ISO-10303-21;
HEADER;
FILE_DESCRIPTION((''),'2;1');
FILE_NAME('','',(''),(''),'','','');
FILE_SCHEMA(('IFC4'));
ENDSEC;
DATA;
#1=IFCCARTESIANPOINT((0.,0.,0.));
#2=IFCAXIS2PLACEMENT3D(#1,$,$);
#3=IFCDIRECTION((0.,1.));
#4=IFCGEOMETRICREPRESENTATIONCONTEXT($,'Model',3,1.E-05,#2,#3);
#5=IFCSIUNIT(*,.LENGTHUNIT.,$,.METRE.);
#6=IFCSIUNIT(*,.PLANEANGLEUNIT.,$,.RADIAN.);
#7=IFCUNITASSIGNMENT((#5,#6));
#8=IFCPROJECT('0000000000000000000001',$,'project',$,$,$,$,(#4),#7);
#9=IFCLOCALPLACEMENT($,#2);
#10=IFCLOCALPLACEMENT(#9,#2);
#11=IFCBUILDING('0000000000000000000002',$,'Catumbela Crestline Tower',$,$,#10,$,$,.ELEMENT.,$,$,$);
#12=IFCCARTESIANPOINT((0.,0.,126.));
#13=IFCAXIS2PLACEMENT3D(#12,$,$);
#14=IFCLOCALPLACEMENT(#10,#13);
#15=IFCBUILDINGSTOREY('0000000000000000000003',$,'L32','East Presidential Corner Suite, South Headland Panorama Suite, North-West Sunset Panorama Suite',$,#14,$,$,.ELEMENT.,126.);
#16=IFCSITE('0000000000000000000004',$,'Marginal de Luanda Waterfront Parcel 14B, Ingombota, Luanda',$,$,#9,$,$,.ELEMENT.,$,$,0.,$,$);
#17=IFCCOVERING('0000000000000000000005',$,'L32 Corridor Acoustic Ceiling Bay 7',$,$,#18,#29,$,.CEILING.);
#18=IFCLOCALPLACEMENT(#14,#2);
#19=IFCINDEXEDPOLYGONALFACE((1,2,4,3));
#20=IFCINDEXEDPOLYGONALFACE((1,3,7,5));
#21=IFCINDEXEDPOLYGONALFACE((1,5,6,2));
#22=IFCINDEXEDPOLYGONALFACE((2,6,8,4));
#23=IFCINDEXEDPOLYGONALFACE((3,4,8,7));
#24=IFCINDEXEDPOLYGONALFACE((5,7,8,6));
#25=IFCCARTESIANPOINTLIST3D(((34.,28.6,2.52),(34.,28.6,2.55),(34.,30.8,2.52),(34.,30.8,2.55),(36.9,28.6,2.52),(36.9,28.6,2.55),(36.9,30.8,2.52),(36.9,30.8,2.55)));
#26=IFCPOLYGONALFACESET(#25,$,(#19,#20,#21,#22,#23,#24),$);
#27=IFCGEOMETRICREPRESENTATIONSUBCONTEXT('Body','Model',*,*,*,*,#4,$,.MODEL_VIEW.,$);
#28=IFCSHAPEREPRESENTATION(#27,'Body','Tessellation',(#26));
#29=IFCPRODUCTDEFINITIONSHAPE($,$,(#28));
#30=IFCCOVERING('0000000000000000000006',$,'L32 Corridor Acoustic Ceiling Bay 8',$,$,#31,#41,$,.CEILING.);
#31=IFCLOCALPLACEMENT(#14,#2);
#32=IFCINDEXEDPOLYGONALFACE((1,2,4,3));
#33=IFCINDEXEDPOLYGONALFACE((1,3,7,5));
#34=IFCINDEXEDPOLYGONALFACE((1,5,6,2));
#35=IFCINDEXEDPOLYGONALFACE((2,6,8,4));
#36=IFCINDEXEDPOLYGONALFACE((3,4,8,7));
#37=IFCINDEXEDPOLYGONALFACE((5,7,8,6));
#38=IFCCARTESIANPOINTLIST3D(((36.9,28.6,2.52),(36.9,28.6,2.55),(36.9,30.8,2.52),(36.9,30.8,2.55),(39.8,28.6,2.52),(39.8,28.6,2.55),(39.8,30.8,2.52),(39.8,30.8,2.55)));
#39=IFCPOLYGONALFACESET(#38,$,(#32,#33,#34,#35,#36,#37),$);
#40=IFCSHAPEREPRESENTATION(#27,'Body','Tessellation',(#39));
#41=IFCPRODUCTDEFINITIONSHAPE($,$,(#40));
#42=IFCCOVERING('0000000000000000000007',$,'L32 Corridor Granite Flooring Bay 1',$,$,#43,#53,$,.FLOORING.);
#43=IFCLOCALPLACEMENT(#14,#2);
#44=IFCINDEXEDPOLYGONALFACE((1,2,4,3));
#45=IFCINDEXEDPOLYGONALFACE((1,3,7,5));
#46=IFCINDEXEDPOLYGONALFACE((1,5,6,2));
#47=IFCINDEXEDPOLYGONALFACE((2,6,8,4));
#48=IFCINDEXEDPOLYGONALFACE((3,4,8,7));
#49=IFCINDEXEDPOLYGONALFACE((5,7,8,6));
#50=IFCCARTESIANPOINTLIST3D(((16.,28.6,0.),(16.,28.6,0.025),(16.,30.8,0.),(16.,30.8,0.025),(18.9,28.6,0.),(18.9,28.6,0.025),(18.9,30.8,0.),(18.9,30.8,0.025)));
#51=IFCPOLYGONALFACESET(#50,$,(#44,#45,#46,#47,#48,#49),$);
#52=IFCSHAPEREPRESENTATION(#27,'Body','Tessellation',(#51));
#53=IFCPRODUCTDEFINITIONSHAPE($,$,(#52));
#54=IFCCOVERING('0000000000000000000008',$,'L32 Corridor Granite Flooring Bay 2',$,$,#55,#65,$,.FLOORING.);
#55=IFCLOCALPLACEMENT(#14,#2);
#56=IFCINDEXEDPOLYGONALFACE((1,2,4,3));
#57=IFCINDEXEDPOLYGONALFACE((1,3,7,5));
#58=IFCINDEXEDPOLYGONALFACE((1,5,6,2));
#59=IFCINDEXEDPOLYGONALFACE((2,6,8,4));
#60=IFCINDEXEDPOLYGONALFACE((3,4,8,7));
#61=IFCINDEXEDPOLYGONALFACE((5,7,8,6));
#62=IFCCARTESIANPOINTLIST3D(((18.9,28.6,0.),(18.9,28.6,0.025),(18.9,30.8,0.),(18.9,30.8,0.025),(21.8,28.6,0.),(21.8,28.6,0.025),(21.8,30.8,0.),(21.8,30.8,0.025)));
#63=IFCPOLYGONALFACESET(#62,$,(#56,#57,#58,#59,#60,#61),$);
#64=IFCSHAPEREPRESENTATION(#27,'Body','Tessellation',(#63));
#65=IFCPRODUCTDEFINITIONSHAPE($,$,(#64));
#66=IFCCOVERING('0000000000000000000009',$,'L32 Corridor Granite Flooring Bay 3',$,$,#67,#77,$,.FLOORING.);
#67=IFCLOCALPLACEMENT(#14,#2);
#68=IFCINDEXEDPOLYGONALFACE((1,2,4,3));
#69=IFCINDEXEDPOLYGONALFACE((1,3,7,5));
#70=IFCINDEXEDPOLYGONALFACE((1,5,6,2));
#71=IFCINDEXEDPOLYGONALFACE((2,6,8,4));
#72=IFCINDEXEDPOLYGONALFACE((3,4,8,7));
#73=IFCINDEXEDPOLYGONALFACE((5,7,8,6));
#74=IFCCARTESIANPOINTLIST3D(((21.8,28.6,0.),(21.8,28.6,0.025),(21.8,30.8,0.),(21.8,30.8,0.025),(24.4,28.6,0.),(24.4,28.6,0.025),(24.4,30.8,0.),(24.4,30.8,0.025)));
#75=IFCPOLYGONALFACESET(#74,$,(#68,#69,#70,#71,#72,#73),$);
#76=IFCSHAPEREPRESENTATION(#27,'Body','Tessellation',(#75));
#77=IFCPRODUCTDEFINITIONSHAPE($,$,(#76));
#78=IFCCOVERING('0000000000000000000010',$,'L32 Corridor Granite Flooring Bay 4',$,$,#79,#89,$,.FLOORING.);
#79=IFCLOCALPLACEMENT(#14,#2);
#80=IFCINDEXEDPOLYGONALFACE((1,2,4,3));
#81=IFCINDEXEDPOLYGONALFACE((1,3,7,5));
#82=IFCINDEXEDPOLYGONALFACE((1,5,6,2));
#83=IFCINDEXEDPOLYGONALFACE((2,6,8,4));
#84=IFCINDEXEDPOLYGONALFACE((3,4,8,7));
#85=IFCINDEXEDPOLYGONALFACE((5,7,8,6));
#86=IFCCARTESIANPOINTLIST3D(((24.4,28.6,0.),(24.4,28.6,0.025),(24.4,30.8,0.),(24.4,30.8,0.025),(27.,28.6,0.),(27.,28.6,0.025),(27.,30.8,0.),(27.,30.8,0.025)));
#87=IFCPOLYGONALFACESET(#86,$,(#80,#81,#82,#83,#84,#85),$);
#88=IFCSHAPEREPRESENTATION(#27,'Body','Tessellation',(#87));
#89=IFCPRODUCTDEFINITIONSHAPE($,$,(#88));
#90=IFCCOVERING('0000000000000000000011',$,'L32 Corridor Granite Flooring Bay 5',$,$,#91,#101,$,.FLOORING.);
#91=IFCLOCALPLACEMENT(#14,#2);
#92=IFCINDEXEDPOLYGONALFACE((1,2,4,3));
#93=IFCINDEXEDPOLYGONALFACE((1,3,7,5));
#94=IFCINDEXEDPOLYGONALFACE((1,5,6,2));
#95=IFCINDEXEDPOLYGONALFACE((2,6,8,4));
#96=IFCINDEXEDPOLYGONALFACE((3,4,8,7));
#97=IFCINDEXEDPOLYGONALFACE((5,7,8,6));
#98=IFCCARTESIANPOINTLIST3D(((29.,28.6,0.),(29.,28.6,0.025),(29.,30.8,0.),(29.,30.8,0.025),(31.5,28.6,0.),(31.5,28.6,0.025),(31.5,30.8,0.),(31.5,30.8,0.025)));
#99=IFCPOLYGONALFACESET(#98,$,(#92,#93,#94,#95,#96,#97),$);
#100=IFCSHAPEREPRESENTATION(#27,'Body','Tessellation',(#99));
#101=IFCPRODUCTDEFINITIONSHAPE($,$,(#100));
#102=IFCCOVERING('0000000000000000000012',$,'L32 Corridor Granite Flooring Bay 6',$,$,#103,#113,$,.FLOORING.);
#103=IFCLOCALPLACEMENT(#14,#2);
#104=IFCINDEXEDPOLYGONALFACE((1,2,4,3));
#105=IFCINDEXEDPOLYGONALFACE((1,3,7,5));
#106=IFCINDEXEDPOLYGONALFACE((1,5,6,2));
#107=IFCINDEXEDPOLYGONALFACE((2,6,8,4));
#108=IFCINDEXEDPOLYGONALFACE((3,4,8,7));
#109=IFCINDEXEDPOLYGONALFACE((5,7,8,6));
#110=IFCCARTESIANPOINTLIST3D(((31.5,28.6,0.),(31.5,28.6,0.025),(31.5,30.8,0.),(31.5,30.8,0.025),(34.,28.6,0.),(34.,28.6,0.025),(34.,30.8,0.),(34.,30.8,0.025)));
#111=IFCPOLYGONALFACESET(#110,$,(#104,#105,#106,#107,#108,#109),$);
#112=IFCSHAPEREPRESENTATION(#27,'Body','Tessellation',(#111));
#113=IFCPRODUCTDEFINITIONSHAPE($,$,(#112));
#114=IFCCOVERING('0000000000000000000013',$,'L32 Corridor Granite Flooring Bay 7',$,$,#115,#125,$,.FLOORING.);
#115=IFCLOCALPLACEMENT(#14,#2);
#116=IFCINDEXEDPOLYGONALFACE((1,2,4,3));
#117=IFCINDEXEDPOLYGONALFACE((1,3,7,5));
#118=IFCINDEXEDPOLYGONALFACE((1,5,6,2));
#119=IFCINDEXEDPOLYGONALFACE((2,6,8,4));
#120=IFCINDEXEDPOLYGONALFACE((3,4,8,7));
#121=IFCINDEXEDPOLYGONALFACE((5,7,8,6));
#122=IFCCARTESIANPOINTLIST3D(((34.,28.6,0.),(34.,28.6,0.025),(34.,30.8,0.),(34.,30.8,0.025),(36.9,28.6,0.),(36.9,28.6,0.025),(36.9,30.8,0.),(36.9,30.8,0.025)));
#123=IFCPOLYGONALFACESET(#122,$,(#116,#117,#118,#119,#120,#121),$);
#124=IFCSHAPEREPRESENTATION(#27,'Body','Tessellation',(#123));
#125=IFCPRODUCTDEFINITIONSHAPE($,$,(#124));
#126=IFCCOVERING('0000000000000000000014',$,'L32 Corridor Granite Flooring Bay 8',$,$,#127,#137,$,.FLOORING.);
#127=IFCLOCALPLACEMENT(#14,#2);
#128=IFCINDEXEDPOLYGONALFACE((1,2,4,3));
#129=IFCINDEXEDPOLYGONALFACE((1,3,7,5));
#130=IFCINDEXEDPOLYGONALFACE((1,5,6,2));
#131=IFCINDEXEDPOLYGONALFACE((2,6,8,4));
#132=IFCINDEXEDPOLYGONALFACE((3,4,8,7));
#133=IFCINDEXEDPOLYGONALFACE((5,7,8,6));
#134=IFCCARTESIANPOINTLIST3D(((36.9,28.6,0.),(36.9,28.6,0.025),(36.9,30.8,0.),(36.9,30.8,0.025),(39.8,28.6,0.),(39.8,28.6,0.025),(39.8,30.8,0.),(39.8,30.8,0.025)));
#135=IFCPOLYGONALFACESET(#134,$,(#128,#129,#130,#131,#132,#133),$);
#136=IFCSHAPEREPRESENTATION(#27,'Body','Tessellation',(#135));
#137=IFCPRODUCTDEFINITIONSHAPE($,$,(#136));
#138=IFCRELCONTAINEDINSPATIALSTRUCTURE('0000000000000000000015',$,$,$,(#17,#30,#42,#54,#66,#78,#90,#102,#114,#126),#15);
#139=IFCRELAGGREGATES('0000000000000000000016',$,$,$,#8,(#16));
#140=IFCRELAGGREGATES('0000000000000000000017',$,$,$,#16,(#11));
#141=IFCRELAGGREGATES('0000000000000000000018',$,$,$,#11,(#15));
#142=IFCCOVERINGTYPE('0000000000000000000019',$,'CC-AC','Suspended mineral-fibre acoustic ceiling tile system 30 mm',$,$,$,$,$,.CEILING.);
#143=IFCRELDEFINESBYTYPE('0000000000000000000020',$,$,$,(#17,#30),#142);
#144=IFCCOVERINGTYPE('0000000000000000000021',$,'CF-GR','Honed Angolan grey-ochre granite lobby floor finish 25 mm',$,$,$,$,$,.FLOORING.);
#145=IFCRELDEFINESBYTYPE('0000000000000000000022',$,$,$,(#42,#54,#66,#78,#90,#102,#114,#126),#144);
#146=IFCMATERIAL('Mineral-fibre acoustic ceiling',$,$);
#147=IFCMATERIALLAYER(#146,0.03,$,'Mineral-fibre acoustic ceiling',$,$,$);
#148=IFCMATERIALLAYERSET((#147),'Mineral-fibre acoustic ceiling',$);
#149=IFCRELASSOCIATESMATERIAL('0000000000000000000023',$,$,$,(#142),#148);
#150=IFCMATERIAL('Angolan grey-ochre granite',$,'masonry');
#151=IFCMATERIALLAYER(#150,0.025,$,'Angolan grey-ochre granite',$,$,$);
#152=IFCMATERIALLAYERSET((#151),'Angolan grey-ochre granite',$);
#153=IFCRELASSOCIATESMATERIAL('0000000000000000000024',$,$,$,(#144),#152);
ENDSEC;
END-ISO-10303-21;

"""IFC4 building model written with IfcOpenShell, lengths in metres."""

from ifc_helpers import new_model, si_unit, direction, frame, origin, place, context, subcontext, project, spatial, polyline, outline, extrude, material, layer, layer_set, type_object, element, save


model = new_model("IFC4")

# Units and contexts
model_context = context("Model", 3, precision=1e-05, world=origin(), true_north=direction((0.0, 1.0)))
body_context = subcontext(model_context, "Body", "Model", "MODEL_VIEW")
ifc_project = project(units=[si_unit("LENGTHUNIT", "METRE"), si_unit("PLANEANGLEUNIT", "RADIAN")], contexts=[model_context])

# Site, building, storey
site_placement = place(None, origin())
site = spatial("IfcSite", under=ifc_project, at=site_placement, Name="Marginal de Luanda Waterfront Parcel 14B, Ingombota, Luanda", CompositionType="ELEMENT", RefElevation=0.0)
building_placement = place(site_placement, origin())
building = spatial("IfcBuilding", under=site, at=building_placement, Name="Catumbela Crestline Tower", CompositionType="ELEMENT")
storey_placement = place(building_placement, frame((0.0, 0.0, 126.0)))
storey = spatial("IfcBuildingStorey", under=building, at=storey_placement, Name="L32", Description="East Presidential Corner Suite, South Headland Panorama Suite, North-West Sunset Panorama Suite", CompositionType="ELEMENT", Elevation=126.0)

# Shared definitions
ifc_material_1 = material(Name="Angolan grey-ochre granite", Category="masonry")

# Coverings
ifc_material_2 = material(Name="Mineral-fibre acoustic ceiling")
ifc_layer_1 = layer(ifc_material_2, 0.03, Name="Mineral-fibre acoustic ceiling")
ifc_layer_set_1 = layer_set([ifc_layer_1], Name="Mineral-fibre acoustic ceiling")
covering_type_1 = type_object("IfcCoveringType", Name="CC-AC", Description="Suspended mineral-fibre acoustic ceiling tile system 30 mm", PredefinedType="CEILING", material=ifc_layer_set_1)
covering_1_placement = place(storey_placement, frame((0.0, 0.0, 2.52)))
element("IfcCovering", 1, at=covering_1_placement, inside=storey, type_object=covering_type_1, Name="L32 Corridor Acoustic Ceiling Bay 7", PredefinedType="CEILING", context=body_context, shape_type="SweptSolid", body=[
    extrude(outline(polyline([(34.0, 28.6), (36.9, 28.6), (36.9, 30.8), (34.0, 30.8), (34.0, 28.6)])), origin(), (0.0, 0.0, 1.0), 0.03),
])
covering_2_placement = place(storey_placement, frame((0.0, 0.0, 2.52)))
element("IfcCovering", 2, at=covering_2_placement, inside=storey, type_object=covering_type_1, Name="L32 Corridor Acoustic Ceiling Bay 8", PredefinedType="CEILING", context=body_context, shape_type="SweptSolid", body=[
    extrude(outline(polyline([(36.9, 28.6), (39.8, 28.6), (39.8, 30.8), (36.9, 30.8), (36.9, 28.6)])), origin(), (0.0, 0.0, 1.0), 0.03),
])
ifc_layer_2 = layer(ifc_material_1, 0.025, Name="Angolan grey-ochre granite")
ifc_layer_set_2 = layer_set([ifc_layer_2], Name="Angolan grey-ochre granite")
covering_type_2 = type_object("IfcCoveringType", Name="CF-GR", Description="Honed Angolan grey-ochre granite lobby floor finish 25 mm", PredefinedType="FLOORING", material=ifc_layer_set_2)
covering_3_placement = place(storey_placement, origin())
element("IfcCovering", 3, at=covering_3_placement, inside=storey, type_object=covering_type_2, Name="L32 Corridor Granite Flooring Bay 1", PredefinedType="FLOORING", context=body_context, shape_type="SweptSolid", body=[
    extrude(outline(polyline([(16.0, 28.6), (18.9, 28.6), (18.9, 30.8), (16.0, 30.8), (16.0, 28.6)])), origin(), (0.0, 0.0, 1.0), 0.025),
])
covering_4_placement = place(storey_placement, origin())
element("IfcCovering", 4, at=covering_4_placement, inside=storey, type_object=covering_type_2, Name="L32 Corridor Granite Flooring Bay 2", PredefinedType="FLOORING", context=body_context, shape_type="SweptSolid", body=[
    extrude(outline(polyline([(18.9, 28.6), (21.8, 28.6), (21.8, 30.8), (18.9, 30.8), (18.9, 28.6)])), origin(), (0.0, 0.0, 1.0), 0.025),
])
covering_5_placement = place(storey_placement, origin())
element("IfcCovering", 5, at=covering_5_placement, inside=storey, type_object=covering_type_2, Name="L32 Corridor Granite Flooring Bay 3", PredefinedType="FLOORING", context=body_context, shape_type="SweptSolid", body=[
    extrude(outline(polyline([(21.8, 28.6), (24.4, 28.6), (24.4, 30.8), (21.8, 30.8), (21.8, 28.6)])), origin(), (0.0, 0.0, 1.0), 0.025),
])
covering_6_placement = place(storey_placement, origin())
element("IfcCovering", 6, at=covering_6_placement, inside=storey, type_object=covering_type_2, Name="L32 Corridor Granite Flooring Bay 4", PredefinedType="FLOORING", context=body_context, shape_type="SweptSolid", body=[
    extrude(outline(polyline([(24.4, 28.6), (27.0, 28.6), (27.0, 30.8), (24.4, 30.8), (24.4, 28.6)])), origin(), (0.0, 0.0, 1.0), 0.025),
])
covering_7_placement = place(storey_placement, origin())
element("IfcCovering", 7, at=covering_7_placement, inside=storey, type_object=covering_type_2, Name="L32 Corridor Granite Flooring Bay 5", PredefinedType="FLOORING", context=body_context, shape_type="SweptSolid", body=[
    extrude(outline(polyline([(29.0, 28.6), (31.5, 28.6), (31.5, 30.8), (29.0, 30.8), (29.0, 28.6)])), origin(), (0.0, 0.0, 1.0), 0.025),
])
covering_8_placement = place(storey_placement, origin())
element("IfcCovering", 8, at=covering_8_placement, inside=storey, type_object=covering_type_2, Name="L32 Corridor Granite Flooring Bay 6", PredefinedType="FLOORING", context=body_context, shape_type="SweptSolid", body=[
    extrude(outline(polyline([(31.5, 28.6), (34.0, 28.6), (34.0, 30.8), (31.5, 30.8), (31.5, 28.6)])), origin(), (0.0, 0.0, 1.0), 0.025),
])
covering_9_placement = place(storey_placement, origin())
element("IfcCovering", 9, at=covering_9_placement, inside=storey, type_object=covering_type_2, Name="L32 Corridor Granite Flooring Bay 7", PredefinedType="FLOORING", context=body_context, shape_type="SweptSolid", body=[
    extrude(outline(polyline([(34.0, 28.6), (36.9, 28.6), (36.9, 30.8), (34.0, 30.8), (34.0, 28.6)])), origin(), (0.0, 0.0, 1.0), 0.025),
])
covering_10_placement = place(storey_placement, origin())
element("IfcCovering", 10, at=covering_10_placement, inside=storey, type_object=covering_type_2, Name="L32 Corridor Granite Flooring Bay 8", PredefinedType="FLOORING", context=body_context, shape_type="SweptSolid", body=[
    extrude(outline(polyline([(36.9, 28.6), (39.8, 28.6), (39.8, 30.8), (36.9, 30.8), (36.9, 28.6)])), origin(), (0.0, 0.0, 1.0), 0.025),
])

save(model, "model.ifc")
